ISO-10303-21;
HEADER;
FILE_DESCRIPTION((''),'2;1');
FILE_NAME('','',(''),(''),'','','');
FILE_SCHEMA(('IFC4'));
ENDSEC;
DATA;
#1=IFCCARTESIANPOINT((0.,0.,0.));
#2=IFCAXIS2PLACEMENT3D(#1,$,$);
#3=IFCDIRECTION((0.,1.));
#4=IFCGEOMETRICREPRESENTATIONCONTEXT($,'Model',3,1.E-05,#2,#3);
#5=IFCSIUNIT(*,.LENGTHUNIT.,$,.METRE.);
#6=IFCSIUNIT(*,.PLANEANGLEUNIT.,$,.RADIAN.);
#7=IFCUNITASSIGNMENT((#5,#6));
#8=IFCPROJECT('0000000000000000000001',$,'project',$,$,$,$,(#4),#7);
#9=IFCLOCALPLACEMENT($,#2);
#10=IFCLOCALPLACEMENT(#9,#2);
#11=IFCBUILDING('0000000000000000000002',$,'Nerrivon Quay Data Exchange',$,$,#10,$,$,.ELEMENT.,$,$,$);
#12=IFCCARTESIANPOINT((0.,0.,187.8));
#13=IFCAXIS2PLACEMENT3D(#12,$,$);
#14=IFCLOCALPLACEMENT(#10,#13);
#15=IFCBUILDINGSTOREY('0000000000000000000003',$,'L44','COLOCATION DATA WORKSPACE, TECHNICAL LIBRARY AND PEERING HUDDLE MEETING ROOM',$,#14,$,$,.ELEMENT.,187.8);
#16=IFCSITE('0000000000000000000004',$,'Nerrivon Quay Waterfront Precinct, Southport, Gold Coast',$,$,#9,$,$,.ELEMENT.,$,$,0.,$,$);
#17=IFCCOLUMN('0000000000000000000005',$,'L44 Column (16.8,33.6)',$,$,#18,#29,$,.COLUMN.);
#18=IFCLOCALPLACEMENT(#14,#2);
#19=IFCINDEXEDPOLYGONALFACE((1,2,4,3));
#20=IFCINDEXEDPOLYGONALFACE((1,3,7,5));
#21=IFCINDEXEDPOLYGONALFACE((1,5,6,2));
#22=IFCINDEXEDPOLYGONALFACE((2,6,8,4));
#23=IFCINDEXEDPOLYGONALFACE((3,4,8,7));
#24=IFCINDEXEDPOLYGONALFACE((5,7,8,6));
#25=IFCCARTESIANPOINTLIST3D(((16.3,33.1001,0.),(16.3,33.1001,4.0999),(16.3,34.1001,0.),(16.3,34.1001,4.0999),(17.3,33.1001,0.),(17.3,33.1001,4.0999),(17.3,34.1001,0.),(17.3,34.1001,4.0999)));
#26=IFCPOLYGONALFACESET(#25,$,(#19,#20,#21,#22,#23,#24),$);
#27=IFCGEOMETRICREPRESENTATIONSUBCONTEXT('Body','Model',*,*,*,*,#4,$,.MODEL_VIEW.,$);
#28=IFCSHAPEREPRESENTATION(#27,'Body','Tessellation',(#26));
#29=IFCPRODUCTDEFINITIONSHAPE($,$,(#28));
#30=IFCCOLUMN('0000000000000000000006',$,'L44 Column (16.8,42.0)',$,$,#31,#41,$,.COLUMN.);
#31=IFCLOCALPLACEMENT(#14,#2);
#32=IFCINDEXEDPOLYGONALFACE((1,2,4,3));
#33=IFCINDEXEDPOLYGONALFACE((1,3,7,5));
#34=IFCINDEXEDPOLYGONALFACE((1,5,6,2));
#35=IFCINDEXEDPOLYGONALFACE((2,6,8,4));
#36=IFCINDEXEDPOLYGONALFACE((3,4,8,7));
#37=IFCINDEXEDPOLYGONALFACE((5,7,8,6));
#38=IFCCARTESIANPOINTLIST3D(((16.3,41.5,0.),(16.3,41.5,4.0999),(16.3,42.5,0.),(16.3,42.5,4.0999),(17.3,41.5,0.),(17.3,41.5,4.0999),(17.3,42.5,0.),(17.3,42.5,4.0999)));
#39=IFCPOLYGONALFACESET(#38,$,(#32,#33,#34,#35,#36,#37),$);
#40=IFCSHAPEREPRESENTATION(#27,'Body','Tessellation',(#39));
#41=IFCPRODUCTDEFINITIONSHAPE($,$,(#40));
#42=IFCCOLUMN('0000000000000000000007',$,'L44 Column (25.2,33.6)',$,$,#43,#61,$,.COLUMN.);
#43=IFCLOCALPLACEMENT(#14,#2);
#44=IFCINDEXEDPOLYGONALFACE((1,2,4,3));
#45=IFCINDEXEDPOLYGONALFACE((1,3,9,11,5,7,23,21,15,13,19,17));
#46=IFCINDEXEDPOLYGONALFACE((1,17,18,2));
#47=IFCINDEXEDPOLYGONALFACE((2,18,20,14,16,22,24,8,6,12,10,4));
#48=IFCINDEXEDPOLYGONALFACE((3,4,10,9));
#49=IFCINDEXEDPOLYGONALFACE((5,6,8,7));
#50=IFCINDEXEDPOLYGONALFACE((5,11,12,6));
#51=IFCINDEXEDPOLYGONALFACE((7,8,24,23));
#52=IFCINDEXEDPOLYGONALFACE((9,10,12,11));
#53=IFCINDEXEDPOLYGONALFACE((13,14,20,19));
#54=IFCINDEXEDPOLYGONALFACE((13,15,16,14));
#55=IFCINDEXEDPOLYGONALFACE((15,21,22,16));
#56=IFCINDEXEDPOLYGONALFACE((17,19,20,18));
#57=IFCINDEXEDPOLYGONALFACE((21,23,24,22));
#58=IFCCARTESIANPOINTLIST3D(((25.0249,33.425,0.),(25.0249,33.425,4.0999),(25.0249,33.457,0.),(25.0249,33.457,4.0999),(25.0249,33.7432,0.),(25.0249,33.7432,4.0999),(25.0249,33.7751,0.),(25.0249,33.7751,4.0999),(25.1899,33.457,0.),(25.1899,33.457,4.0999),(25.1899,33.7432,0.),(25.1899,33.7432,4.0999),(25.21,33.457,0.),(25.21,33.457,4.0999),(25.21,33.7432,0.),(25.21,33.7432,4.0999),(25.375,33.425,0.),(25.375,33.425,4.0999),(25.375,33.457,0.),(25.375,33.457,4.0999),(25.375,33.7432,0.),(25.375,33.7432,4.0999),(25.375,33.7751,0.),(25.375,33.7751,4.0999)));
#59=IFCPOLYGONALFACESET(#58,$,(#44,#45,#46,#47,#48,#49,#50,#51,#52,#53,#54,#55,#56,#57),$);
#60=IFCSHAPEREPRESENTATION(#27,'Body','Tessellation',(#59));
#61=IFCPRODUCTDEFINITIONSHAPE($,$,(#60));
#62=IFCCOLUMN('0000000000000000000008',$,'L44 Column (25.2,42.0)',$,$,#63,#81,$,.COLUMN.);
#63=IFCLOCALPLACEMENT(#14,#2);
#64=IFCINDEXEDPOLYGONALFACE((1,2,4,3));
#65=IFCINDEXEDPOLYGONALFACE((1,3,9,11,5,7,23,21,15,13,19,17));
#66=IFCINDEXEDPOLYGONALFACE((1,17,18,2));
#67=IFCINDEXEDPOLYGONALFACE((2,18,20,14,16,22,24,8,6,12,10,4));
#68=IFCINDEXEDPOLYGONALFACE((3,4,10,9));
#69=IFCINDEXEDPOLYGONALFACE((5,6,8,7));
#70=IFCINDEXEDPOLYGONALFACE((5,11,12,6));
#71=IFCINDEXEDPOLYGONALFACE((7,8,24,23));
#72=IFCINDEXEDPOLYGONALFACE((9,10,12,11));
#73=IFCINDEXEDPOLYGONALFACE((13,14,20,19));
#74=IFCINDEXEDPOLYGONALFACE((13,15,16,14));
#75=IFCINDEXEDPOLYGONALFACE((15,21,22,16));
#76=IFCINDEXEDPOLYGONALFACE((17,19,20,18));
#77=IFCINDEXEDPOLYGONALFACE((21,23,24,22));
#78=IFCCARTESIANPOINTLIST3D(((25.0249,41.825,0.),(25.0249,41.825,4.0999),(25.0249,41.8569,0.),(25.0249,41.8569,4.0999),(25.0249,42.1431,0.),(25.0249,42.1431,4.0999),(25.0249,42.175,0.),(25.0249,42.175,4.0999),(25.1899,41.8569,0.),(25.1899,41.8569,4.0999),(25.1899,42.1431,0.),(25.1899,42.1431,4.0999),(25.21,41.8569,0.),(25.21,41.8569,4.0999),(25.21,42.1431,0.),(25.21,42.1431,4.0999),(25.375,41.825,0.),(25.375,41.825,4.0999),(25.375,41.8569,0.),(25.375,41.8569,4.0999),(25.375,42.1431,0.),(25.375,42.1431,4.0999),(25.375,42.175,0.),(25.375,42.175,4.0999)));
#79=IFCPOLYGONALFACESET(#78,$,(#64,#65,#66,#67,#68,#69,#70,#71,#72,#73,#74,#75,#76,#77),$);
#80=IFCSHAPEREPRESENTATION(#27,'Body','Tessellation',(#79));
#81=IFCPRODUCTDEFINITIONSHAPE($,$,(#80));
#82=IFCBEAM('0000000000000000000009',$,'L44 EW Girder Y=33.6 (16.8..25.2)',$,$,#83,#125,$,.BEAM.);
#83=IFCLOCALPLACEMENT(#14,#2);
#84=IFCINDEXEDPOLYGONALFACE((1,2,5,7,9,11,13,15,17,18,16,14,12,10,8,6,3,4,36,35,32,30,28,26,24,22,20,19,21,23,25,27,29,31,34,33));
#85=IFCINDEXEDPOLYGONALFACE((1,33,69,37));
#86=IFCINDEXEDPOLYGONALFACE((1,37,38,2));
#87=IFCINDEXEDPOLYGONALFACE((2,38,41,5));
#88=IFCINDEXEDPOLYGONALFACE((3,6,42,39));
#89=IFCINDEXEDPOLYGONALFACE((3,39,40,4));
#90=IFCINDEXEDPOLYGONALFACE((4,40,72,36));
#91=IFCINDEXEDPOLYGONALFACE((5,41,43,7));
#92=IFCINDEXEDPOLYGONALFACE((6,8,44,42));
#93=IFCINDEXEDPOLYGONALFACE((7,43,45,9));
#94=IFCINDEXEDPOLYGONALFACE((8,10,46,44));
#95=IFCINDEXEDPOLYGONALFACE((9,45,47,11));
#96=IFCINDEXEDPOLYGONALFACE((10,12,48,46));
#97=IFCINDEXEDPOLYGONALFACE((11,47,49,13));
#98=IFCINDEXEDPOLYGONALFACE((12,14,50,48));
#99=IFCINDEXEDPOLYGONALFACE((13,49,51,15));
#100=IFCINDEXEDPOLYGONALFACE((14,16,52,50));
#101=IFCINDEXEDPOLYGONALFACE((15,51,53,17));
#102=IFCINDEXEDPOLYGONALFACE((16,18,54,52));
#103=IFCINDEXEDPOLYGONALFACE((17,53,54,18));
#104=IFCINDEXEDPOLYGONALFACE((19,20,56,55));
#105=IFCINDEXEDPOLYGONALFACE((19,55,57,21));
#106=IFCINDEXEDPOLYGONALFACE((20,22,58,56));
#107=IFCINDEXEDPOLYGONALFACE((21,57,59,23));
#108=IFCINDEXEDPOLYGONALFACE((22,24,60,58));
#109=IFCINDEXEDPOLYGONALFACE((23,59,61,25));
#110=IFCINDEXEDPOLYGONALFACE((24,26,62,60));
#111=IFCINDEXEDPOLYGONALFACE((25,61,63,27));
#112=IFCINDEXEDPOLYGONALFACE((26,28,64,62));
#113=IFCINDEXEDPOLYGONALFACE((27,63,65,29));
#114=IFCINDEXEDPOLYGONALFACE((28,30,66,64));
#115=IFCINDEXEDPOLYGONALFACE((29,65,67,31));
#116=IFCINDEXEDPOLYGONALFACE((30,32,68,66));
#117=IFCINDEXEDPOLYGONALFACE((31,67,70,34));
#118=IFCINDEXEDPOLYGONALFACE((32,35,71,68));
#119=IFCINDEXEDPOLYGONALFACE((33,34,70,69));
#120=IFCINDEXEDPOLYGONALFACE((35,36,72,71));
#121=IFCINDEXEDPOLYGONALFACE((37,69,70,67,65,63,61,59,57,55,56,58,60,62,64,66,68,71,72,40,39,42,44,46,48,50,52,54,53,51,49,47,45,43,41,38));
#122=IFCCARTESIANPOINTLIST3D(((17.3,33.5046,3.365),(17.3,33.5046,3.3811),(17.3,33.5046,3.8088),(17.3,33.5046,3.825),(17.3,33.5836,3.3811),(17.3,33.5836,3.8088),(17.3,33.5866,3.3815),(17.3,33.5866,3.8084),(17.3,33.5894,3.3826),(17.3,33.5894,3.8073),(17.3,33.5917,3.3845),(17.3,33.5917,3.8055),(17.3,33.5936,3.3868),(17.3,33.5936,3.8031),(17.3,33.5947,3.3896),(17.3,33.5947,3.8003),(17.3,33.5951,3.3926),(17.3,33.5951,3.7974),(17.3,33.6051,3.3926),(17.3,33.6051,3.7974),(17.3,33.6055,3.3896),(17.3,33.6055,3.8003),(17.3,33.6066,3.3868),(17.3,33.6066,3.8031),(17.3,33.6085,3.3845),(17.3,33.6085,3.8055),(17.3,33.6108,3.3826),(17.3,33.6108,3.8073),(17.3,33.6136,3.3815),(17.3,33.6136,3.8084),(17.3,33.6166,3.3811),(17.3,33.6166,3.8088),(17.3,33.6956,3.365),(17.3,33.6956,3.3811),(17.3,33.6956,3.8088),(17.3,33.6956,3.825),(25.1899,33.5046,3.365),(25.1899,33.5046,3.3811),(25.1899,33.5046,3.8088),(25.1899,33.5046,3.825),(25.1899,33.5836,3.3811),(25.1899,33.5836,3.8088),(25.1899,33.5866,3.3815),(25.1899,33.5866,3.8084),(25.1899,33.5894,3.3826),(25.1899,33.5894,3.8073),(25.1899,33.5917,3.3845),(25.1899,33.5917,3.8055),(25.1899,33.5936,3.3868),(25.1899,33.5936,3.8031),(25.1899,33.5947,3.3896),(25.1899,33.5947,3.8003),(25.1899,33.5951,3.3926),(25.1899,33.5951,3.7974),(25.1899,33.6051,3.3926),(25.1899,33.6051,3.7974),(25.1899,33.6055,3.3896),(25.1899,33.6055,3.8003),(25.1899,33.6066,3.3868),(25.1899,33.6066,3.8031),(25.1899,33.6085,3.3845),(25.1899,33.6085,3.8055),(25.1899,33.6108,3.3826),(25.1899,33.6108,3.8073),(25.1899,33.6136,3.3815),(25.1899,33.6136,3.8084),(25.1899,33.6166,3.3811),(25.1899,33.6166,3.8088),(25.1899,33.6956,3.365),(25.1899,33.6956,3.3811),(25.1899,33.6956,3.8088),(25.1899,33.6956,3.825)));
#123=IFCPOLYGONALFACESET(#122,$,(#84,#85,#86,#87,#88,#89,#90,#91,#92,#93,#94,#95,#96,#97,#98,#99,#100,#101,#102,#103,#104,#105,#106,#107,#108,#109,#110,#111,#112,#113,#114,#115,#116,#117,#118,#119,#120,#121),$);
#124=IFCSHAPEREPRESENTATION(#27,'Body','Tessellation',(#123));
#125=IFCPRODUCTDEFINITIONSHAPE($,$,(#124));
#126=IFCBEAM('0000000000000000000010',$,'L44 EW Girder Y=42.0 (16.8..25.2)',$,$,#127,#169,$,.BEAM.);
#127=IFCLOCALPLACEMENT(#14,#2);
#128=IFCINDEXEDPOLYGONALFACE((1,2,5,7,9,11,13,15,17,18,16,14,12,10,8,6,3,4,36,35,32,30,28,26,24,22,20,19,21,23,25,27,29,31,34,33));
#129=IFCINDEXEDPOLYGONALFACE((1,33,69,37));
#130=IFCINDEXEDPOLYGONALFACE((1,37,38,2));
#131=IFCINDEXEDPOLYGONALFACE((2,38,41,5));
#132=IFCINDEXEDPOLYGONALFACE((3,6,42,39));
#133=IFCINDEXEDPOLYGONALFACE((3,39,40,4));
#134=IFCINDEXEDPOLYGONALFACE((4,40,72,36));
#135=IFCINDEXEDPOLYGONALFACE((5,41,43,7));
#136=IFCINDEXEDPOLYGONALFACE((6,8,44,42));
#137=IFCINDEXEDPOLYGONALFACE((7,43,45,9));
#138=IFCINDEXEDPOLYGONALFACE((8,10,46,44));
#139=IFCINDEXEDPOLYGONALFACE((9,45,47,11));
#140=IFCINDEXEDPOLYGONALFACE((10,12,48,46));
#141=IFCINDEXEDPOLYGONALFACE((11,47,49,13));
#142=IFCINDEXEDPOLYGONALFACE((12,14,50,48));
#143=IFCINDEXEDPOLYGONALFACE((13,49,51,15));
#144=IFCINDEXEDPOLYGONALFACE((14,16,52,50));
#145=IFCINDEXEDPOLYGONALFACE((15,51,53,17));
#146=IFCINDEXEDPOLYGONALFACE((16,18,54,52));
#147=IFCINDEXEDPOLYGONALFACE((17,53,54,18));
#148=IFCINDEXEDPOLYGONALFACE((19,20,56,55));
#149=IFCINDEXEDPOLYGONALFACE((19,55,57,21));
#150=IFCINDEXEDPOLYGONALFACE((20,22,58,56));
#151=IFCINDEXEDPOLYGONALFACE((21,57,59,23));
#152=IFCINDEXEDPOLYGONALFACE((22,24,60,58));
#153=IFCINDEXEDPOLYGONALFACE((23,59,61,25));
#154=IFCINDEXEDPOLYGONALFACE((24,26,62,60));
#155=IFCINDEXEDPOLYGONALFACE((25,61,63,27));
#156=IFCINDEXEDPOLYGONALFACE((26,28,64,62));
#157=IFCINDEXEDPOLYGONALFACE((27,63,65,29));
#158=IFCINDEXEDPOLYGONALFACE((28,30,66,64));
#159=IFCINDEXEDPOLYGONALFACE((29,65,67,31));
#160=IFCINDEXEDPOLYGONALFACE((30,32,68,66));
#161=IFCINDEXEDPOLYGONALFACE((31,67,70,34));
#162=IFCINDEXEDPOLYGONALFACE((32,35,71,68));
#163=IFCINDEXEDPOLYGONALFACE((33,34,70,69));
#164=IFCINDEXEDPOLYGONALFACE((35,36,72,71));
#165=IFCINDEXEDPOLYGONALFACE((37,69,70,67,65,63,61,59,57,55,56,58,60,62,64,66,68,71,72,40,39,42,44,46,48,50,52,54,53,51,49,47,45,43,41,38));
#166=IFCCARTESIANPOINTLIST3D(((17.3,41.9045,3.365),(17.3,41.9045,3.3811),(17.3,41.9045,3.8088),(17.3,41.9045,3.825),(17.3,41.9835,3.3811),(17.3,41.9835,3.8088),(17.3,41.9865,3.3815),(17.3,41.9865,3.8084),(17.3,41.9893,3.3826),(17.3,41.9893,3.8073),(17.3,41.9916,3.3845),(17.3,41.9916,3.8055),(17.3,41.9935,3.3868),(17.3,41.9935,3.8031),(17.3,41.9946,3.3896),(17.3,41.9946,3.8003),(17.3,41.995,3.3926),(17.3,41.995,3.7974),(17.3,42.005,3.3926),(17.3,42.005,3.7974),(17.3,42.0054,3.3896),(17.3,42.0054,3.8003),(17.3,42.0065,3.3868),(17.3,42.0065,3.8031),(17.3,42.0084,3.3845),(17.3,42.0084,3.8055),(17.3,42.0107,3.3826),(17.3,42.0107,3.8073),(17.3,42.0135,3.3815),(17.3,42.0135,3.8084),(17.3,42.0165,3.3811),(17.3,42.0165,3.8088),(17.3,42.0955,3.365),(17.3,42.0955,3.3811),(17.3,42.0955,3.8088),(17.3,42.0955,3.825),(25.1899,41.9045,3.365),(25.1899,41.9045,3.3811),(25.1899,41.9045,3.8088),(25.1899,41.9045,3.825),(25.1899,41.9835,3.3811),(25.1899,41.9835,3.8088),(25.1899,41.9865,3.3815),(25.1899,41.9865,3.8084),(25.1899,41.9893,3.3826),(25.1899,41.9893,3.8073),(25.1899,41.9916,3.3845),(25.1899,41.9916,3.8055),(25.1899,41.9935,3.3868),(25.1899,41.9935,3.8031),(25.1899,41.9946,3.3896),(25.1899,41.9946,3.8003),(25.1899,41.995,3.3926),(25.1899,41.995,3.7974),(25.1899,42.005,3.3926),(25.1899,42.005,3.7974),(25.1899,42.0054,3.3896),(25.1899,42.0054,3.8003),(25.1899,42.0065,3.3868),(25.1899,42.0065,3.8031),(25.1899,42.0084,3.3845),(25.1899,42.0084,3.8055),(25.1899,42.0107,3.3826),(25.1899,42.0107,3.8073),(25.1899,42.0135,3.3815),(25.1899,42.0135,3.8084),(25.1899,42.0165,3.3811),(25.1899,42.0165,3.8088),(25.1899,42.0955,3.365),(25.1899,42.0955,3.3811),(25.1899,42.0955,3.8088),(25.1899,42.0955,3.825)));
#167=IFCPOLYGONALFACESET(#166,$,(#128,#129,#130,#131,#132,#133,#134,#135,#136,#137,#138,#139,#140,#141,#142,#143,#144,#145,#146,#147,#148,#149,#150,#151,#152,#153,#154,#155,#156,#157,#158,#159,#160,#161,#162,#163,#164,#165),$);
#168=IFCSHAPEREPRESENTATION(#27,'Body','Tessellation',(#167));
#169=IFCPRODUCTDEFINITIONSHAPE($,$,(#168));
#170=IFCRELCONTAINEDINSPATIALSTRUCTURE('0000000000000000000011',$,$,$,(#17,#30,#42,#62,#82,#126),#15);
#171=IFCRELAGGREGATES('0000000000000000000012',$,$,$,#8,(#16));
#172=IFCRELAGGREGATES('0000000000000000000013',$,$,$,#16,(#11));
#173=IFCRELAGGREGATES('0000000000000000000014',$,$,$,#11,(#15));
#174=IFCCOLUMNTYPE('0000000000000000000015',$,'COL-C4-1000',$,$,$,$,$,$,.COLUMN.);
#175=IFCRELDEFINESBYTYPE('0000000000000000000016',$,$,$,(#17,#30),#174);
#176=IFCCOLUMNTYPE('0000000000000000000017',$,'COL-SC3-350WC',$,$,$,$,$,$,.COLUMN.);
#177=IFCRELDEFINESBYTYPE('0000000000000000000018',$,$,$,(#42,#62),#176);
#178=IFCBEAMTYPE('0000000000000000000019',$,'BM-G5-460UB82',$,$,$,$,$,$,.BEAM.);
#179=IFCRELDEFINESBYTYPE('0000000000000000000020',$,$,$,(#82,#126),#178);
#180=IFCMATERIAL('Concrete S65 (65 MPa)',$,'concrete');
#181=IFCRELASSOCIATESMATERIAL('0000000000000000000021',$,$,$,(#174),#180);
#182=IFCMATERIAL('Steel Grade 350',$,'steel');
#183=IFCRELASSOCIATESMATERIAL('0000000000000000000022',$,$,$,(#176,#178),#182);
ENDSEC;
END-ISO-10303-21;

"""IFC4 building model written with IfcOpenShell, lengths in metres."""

from ifc_helpers import new_model, si_unit, direction, frame, origin, origin_2d, place, context, subcontext, project, spatial, rectangle, i_section, extrude, material, material_profile, profile_set, type_object, element, save


model = new_model("IFC4")

# Units and contexts
model_context = context("Model", 3, precision=1e-05, world=origin(), true_north=direction((0.0, 1.0)))
body_context = subcontext(model_context, "Body", "Model", "MODEL_VIEW")
ifc_project = project(units=[si_unit("LENGTHUNIT", "METRE"), si_unit("PLANEANGLEUNIT", "RADIAN")], contexts=[model_context])

# Site, building, storey
site_placement = place(None, origin())
site = spatial("IfcSite", under=ifc_project, at=site_placement, Name="Nerrivon Quay Waterfront Precinct, Southport, Gold Coast", CompositionType="ELEMENT", RefElevation=0.0)
building_placement = place(site_placement, origin())
building = spatial("IfcBuilding", under=site, at=building_placement, Name="Nerrivon Quay Data Exchange", CompositionType="ELEMENT")
storey_placement = place(building_placement, frame((0.0, 0.0, 187.8)))
storey = spatial("IfcBuildingStorey", under=building, at=storey_placement, Name="L44", Description="COLOCATION DATA WORKSPACE, TECHNICAL LIBRARY AND PEERING HUDDLE MEETING ROOM", CompositionType="ELEMENT", Elevation=187.8)

# Columns
ifc_material_1 = material(Name="Concrete S65 (65 MPa)", Category="concrete")
ifc_material_profile_1 = material_profile(ifc_material_1, rectangle(XDim=1.0, YDim=1.0, at=origin_2d()), Name="RC-COL-1000x1000")
ifc_profile_set_1 = profile_set([ifc_material_profile_1], Name="Concrete S65 (65 MPa)")
column_type_1 = type_object("IfcColumnType", Name="COL-C4-1000", PredefinedType="COLUMN", material=ifc_profile_set_1)
for number, where, z_axis, x_axis, name in (
    (1, (16.8, 33.6001, 0.0), (0.0, 0.0, 1.0), (1.0, 0.0, 0.0), "L44 Column (16.8,33.6)"),
    (2, (16.8, 42.0, 0.0), (0.0, 0.0, 1.0), (1.0, 0.0, 0.0), "L44 Column (16.8,42.0)"),
):
    element("IfcColumn", number, at=place(storey_placement, frame(where, z_axis=z_axis, x_axis=x_axis)), inside=storey, type_object=column_type_1, Name=name, PredefinedType="COLUMN", context=body_context, shape_type="SweptSolid", body=[
        extrude(rectangle(XDim=1.0, YDim=1.0, at=origin_2d()), origin(), (0.0, 0.0, 1.0), 4.0999),
    ])
ifc_material_2 = material(Name="Steel Grade 350", Category="steel")
ifc_material_profile_2 = material_profile(ifc_material_2, i_section(OverallWidth=0.3501, OverallDepth=0.3501, WebThickness=0.02, FlangeThickness=0.032, at=origin_2d()), Name="350WC230")
ifc_profile_set_2 = profile_set([ifc_material_profile_2], Name="Steel Grade 350")
column_type_2 = type_object("IfcColumnType", Name="COL-SC3-350WC", PredefinedType="COLUMN", material=ifc_profile_set_2)
for number, where, z_axis, x_axis, name in (
    (3, (25.2, 33.6001, 0.0), (0.0, 0.0, 1.0), (1.0, 0.0, 0.0), "L44 Column (25.2,33.6)"),
    (4, (25.2, 42.0, 0.0), (0.0, 0.0, 1.0), (1.0, 0.0, 0.0), "L44 Column (25.2,42.0)"),
):
    element("IfcColumn", number, at=place(storey_placement, frame(where, z_axis=z_axis, x_axis=x_axis)), inside=storey, type_object=column_type_2, Name=name, PredefinedType="COLUMN", context=body_context, shape_type="SweptSolid", body=[
        extrude(i_section(OverallWidth=0.3501, OverallDepth=0.3501, WebThickness=0.02, FlangeThickness=0.032, at=origin_2d()), origin(), (0.0, 0.0, 1.0), 4.0999),
    ])

# Beams
ifc_material_profile_3 = material_profile(ifc_material_2, i_section(OverallWidth=0.1909, OverallDepth=0.46, WebThickness=0.01, FlangeThickness=0.0161, FilletRadius=0.0115, at=origin_2d()), Name="460UB82.1")
ifc_profile_set_3 = profile_set([ifc_material_profile_3], Name="Steel Grade 350")
beam_type_1 = type_object("IfcBeamType", Name="BM-G5-460UB82", PredefinedType="BEAM", material=ifc_profile_set_3)
for number, where, z_axis, x_axis, name in (
    (5, (17.3, 33.6001, 3.595), (1.0, 0.0, 0.0), (0.0, 1.0, 0.0), "L44 EW Girder Y=33.6 (16.8..25.2)"),
    (6, (17.3, 42.0, 3.595), (1.0, 0.0, 0.0), (0.0, 1.0, 0.0), "L44 EW Girder Y=42.0 (16.8..25.2)"),
):
    element("IfcBeam", number, at=place(storey_placement, frame(where, z_axis=z_axis, x_axis=x_axis)), inside=storey, type_object=beam_type_1, Name=name, PredefinedType="BEAM", context=body_context, shape_type="SweptSolid", body=[
        extrude(i_section(OverallWidth=0.1909, OverallDepth=0.46, WebThickness=0.01, FlangeThickness=0.0161, FilletRadius=0.0115, at=origin_2d()), origin(), (0.0, 0.0, 1.0), 7.8899),
    ])

save(model, "model.ifc")
